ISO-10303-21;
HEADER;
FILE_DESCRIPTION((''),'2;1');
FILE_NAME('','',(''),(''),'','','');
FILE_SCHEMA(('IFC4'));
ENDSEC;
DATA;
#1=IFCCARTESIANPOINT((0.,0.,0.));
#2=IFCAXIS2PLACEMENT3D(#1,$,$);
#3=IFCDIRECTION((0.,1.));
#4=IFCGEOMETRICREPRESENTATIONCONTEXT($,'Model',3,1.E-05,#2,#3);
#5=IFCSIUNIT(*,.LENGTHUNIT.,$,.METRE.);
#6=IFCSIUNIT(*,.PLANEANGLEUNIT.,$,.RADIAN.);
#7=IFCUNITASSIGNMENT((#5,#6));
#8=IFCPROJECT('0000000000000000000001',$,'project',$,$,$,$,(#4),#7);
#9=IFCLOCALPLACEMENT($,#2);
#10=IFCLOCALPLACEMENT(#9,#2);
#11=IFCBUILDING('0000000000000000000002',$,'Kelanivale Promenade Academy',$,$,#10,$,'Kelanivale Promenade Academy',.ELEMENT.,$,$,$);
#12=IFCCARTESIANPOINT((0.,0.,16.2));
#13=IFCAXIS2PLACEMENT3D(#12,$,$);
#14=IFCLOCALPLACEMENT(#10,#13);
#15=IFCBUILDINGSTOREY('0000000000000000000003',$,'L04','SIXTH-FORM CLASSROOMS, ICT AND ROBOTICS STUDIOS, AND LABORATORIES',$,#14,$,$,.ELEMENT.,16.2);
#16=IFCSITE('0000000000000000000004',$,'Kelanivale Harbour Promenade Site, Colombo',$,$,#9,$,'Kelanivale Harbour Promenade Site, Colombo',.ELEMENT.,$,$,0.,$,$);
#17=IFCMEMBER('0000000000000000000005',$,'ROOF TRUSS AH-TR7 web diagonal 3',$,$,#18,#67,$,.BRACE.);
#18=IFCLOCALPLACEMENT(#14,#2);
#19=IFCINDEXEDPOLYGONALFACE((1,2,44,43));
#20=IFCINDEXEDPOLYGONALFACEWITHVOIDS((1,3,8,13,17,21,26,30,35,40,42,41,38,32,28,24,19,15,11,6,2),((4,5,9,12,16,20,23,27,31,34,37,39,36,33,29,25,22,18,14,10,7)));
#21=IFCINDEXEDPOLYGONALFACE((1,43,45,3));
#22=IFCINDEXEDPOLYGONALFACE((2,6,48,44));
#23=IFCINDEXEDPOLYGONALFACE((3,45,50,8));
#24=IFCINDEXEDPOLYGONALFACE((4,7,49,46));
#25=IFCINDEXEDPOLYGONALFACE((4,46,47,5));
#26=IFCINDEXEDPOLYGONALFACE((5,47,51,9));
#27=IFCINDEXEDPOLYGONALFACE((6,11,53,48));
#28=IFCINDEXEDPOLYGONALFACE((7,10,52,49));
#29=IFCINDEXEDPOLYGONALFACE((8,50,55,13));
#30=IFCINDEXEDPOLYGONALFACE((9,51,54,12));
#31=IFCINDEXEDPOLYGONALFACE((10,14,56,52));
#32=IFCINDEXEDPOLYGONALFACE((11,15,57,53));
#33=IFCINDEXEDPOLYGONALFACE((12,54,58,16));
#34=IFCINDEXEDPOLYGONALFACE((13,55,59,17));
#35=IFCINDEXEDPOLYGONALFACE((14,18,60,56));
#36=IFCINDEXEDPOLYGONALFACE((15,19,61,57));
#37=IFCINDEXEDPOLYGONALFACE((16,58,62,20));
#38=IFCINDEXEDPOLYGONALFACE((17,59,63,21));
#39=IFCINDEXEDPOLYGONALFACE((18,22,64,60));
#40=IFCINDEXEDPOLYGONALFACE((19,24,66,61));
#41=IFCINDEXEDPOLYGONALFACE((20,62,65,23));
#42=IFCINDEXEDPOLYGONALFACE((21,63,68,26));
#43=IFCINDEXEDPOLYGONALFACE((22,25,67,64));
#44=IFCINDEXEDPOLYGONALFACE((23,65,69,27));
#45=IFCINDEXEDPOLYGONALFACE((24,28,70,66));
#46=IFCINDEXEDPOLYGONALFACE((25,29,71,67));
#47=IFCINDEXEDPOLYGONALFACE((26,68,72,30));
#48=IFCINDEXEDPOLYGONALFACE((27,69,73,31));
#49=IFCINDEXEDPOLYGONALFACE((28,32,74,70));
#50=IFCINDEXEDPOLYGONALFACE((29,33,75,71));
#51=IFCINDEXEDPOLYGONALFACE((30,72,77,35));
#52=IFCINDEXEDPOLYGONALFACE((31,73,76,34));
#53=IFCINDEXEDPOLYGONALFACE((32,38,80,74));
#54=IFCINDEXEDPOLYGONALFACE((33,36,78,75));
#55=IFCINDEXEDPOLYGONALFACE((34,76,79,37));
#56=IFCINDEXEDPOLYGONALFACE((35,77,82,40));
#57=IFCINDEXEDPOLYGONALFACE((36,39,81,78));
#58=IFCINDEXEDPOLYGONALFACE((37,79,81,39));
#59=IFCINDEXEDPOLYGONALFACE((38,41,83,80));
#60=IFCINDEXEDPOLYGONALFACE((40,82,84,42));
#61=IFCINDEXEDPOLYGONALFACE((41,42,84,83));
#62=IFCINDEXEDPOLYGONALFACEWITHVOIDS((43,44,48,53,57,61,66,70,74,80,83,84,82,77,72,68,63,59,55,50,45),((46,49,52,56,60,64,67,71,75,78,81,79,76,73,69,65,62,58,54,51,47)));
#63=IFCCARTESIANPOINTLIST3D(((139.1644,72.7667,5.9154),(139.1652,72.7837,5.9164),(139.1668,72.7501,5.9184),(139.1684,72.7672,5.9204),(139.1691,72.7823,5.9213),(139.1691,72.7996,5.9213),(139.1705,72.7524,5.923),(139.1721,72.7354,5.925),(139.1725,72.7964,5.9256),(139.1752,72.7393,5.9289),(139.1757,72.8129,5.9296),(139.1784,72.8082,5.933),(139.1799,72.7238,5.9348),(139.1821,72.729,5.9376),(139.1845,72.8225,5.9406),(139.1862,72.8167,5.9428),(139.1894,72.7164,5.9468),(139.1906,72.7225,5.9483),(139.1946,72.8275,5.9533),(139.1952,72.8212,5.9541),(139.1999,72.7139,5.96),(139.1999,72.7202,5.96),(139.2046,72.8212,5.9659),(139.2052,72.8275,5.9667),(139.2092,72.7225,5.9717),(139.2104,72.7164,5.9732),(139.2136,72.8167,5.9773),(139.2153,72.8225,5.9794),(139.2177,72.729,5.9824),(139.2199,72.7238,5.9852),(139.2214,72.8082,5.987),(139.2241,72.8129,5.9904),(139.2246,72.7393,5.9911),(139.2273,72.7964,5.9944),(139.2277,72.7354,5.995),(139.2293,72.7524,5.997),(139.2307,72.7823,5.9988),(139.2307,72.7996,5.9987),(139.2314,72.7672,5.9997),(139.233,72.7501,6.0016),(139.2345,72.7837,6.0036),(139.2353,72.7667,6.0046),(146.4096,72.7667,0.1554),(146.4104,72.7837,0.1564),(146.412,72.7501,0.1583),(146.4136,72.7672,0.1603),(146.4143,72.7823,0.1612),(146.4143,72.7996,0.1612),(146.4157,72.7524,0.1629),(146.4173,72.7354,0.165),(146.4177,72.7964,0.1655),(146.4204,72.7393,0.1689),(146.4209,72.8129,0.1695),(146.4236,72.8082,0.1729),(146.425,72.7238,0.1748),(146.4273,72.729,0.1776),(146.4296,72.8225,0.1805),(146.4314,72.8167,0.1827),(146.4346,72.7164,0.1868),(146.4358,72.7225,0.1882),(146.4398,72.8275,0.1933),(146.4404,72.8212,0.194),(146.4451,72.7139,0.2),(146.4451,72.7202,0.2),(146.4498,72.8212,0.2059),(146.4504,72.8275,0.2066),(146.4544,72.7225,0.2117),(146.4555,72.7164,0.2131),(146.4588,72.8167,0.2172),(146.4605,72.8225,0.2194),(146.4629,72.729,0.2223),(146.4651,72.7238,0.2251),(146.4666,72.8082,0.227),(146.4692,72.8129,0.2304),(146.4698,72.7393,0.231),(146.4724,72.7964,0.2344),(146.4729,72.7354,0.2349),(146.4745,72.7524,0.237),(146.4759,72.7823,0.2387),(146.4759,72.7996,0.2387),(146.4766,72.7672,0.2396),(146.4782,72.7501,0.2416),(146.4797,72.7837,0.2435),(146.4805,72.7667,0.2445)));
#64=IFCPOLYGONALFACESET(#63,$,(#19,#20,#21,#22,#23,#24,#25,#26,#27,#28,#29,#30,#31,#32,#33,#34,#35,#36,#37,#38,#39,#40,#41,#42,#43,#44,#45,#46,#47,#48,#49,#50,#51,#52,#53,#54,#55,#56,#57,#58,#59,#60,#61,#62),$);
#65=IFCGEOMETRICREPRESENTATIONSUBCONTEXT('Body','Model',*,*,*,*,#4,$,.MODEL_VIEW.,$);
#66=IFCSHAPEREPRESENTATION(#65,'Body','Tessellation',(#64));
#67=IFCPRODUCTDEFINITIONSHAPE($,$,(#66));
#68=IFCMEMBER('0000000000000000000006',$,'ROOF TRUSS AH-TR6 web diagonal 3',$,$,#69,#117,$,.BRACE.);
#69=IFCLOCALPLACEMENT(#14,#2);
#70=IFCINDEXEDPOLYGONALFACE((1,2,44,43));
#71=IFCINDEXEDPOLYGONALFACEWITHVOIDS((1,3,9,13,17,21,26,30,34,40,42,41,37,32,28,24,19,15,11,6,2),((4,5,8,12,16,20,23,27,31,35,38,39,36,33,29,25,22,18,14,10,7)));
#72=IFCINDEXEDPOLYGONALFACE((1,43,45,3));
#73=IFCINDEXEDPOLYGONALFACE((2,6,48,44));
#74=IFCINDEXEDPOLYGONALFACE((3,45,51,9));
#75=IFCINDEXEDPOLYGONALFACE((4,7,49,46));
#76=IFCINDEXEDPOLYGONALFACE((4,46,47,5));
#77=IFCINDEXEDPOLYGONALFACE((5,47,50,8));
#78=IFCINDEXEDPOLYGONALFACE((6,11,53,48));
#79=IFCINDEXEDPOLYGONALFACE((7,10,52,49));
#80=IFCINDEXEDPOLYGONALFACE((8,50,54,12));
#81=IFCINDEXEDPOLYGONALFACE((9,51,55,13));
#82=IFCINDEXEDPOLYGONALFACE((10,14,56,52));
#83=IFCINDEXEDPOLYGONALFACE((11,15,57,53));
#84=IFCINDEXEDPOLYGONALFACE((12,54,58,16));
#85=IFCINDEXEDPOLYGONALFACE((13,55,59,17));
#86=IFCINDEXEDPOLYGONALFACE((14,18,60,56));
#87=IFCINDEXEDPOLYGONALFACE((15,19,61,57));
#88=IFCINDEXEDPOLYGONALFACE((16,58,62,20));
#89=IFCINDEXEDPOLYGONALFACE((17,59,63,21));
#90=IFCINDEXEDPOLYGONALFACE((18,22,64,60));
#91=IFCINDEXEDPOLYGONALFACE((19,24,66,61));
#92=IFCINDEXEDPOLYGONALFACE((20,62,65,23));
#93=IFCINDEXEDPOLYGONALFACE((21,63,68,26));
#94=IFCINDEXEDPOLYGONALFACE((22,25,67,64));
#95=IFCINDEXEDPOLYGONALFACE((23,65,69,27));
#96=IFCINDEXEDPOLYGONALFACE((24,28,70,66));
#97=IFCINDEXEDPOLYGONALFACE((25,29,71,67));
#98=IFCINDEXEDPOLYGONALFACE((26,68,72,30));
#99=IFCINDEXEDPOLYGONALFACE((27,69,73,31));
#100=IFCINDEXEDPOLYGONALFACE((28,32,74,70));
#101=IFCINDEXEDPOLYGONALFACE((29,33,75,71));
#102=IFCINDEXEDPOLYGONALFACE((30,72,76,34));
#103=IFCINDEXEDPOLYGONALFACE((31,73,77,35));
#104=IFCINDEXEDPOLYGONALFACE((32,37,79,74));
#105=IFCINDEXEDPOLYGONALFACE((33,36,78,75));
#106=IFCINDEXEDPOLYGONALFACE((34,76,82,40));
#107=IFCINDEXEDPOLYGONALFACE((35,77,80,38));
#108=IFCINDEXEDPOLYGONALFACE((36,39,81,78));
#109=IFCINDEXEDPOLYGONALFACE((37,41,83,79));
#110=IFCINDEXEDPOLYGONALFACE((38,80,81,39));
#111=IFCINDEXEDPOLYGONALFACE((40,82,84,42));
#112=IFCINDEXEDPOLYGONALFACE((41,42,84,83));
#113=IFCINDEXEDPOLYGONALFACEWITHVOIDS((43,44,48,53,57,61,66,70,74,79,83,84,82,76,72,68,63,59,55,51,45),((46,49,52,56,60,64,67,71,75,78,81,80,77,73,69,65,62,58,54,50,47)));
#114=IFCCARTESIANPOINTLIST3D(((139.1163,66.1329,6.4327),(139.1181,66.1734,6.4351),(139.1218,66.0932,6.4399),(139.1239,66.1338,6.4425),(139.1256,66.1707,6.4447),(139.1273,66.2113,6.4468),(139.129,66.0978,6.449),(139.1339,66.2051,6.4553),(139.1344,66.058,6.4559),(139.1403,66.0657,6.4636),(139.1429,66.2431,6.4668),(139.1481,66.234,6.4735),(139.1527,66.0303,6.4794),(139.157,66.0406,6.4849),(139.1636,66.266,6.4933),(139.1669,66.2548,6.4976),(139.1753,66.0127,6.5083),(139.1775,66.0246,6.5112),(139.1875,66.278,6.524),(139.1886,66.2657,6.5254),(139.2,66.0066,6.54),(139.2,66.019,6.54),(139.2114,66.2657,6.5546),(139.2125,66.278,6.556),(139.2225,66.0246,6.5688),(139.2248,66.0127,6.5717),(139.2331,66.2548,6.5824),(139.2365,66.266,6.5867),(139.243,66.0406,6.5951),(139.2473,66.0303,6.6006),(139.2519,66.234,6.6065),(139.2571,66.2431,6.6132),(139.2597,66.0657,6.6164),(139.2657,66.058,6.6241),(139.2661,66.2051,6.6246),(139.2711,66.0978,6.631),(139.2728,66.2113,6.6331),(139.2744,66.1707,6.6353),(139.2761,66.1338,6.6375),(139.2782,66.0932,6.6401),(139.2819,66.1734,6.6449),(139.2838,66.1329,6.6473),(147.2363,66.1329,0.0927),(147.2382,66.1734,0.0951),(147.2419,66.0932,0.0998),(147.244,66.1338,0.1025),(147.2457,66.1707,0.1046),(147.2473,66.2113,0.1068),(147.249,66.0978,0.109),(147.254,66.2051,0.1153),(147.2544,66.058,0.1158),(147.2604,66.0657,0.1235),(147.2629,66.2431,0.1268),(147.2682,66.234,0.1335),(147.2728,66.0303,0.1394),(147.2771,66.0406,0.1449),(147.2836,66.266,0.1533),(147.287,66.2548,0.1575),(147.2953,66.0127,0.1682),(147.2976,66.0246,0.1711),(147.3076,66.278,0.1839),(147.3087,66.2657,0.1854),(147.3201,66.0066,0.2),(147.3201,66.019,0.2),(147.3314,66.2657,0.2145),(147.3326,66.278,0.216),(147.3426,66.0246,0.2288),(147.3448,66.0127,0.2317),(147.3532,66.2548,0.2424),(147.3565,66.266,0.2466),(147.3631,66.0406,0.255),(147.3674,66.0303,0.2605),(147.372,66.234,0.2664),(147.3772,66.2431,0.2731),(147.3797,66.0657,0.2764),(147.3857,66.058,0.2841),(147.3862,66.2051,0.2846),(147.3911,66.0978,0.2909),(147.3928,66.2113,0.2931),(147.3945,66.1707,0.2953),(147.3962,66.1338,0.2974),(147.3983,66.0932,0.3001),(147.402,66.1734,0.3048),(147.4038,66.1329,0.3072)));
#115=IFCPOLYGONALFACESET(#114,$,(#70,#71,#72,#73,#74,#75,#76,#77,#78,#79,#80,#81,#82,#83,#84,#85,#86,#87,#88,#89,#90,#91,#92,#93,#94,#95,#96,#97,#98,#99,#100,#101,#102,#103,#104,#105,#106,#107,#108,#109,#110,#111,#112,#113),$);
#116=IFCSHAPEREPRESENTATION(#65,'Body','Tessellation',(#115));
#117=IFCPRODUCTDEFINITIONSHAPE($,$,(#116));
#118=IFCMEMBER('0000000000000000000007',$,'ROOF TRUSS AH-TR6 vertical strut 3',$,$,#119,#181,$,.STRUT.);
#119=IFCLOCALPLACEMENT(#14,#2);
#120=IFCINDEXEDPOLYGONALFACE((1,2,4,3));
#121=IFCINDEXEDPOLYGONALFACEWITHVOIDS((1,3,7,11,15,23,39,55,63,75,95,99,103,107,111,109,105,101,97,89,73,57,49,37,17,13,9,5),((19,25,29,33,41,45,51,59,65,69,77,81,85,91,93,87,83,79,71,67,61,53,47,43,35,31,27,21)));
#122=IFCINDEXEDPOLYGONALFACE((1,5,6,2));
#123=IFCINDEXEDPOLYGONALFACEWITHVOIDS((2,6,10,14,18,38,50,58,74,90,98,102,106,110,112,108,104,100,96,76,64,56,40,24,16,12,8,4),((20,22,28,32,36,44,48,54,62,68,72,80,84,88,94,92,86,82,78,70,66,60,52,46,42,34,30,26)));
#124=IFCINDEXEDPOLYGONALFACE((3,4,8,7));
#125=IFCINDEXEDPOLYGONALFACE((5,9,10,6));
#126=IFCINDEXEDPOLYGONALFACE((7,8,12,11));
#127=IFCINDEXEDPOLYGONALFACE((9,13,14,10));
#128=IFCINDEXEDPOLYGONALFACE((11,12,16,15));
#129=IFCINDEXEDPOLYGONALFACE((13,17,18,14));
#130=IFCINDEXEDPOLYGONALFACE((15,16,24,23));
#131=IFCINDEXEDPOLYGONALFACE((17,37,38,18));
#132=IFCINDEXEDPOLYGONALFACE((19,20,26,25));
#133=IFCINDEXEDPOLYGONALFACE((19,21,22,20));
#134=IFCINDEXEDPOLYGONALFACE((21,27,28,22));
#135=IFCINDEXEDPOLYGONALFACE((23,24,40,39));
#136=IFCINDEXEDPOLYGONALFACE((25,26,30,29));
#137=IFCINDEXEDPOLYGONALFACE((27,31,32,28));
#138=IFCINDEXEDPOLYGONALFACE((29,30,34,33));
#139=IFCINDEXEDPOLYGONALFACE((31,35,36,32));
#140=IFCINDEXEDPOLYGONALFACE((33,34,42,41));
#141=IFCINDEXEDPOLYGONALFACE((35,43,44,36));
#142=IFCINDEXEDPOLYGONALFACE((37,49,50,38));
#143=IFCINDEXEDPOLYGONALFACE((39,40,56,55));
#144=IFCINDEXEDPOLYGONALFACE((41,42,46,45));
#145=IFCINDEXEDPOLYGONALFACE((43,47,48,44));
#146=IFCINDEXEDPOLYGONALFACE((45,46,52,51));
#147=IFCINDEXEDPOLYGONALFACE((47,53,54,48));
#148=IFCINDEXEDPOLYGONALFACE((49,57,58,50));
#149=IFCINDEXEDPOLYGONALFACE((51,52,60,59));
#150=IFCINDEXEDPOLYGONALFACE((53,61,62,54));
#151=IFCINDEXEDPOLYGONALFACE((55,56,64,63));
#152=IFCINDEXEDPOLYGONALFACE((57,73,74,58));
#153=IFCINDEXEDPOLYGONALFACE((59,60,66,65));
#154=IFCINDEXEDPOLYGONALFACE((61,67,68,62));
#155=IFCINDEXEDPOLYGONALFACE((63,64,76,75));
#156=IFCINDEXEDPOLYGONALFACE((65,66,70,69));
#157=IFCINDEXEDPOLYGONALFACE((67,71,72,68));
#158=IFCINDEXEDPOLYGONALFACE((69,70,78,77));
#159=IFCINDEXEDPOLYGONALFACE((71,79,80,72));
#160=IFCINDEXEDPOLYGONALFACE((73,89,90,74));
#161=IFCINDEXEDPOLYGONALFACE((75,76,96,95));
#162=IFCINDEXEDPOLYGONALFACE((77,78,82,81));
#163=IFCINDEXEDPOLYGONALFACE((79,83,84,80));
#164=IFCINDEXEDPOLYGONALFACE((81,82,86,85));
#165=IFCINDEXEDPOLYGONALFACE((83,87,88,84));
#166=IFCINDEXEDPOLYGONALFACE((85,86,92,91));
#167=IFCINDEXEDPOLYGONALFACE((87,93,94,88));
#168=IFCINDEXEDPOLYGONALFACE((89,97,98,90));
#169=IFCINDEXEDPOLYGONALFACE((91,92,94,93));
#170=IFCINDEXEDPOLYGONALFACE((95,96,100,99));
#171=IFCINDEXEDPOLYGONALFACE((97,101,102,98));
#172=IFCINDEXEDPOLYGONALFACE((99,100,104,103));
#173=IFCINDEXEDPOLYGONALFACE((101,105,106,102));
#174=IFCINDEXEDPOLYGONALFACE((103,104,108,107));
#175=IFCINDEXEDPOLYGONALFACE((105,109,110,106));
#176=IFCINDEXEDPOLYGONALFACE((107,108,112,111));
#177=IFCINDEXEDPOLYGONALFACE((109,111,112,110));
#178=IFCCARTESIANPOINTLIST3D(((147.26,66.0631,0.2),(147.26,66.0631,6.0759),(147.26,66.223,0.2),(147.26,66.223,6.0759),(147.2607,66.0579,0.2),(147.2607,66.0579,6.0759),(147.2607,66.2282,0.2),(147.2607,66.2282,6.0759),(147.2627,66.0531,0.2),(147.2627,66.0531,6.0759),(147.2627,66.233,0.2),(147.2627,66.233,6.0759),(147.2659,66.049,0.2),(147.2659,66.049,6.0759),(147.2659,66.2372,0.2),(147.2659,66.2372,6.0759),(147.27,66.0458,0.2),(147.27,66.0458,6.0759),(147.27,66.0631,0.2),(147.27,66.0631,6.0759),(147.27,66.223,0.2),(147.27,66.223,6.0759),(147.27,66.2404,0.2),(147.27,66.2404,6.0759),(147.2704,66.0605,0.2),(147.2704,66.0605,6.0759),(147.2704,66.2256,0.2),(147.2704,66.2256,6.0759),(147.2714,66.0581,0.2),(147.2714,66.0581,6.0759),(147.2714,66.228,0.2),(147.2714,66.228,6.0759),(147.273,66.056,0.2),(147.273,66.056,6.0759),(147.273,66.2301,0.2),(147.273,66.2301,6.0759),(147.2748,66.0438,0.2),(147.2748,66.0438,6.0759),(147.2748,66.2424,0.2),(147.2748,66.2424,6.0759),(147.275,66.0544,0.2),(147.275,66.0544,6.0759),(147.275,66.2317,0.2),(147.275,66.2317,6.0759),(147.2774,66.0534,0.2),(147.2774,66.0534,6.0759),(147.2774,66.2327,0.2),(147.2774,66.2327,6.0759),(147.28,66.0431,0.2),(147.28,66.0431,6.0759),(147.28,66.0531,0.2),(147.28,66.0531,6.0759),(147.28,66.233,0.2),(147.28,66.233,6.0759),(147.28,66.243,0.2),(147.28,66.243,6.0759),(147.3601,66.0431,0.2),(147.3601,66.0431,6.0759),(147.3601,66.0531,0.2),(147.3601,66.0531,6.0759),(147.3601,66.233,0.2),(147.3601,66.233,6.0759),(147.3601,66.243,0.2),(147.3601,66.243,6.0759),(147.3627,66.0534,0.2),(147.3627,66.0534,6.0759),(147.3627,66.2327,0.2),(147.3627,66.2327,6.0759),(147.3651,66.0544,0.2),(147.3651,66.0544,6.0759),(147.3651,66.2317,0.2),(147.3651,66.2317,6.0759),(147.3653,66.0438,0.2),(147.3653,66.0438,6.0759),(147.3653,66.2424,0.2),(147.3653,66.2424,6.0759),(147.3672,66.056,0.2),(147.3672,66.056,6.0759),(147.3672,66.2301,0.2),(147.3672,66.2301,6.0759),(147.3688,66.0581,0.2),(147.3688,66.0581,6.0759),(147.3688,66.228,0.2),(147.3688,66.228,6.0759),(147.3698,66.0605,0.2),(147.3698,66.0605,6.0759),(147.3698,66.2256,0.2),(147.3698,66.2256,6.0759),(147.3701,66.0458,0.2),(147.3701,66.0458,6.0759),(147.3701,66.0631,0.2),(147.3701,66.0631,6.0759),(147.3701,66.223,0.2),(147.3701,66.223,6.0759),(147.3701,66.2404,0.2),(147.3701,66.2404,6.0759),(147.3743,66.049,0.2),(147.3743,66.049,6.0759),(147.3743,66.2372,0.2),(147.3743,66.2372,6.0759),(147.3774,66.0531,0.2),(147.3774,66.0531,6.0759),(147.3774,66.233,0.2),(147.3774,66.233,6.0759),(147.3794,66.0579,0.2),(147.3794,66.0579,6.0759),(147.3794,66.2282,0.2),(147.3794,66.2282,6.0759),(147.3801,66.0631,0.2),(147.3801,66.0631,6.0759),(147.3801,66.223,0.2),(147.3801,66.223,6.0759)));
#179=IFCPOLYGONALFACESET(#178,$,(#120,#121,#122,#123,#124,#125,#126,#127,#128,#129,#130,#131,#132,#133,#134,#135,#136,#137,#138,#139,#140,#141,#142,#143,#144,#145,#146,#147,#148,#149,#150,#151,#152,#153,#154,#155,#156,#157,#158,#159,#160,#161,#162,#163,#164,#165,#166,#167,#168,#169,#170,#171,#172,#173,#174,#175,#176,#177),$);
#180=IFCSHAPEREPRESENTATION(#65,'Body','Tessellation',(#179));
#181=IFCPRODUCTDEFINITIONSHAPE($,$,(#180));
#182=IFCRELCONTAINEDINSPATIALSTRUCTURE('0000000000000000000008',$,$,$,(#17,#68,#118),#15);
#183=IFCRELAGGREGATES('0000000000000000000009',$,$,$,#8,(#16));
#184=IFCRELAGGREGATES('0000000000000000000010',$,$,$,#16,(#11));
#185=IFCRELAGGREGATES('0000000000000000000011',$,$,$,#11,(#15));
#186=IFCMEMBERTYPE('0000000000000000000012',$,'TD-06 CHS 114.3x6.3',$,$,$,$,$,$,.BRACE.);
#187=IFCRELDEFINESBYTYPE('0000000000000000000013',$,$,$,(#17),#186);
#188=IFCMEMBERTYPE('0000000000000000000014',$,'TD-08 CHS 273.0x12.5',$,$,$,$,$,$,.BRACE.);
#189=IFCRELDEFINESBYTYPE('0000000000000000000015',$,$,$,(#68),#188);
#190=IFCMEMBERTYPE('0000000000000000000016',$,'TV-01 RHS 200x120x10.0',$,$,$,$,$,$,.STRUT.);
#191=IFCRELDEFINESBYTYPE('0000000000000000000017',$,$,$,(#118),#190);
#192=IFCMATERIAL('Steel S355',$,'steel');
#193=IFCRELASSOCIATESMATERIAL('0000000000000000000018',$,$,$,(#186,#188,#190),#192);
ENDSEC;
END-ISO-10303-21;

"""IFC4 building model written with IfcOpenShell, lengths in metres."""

from ifc_helpers import new_model, si_unit, direction, frame, origin, origin_2d, place, context, subcontext, project, spatial, hollow_rectangle, hollow_circle, extrude, material, material_profile, profile_set, type_object, element, save


model = new_model("IFC4")

# Units and contexts
model_context = context("Model", 3, precision=1e-05, world=origin(), true_north=direction((0.0, 1.0)))
body_context = subcontext(model_context, "Body", "Model", "MODEL_VIEW")
ifc_project = project(units=[si_unit("LENGTHUNIT", "METRE"), si_unit("PLANEANGLEUNIT", "RADIAN")], contexts=[model_context])

# Site, building, storey
site_placement = place(None, origin())
site = spatial("IfcSite", under=ifc_project, at=site_placement, Name="Kelanivale Harbour Promenade Site, Colombo", LongName="Kelanivale Harbour Promenade Site, Colombo", CompositionType="ELEMENT", RefElevation=0.0)
building_placement = place(site_placement, origin())
building = spatial("IfcBuilding", under=site, at=building_placement, Name="Kelanivale Promenade Academy", LongName="Kelanivale Promenade Academy", CompositionType="ELEMENT")
storey_placement = place(building_placement, frame((0.0, 0.0, 16.2)))
storey = spatial("IfcBuildingStorey", under=building, at=storey_placement, Name="L04", Description="SIXTH-FORM CLASSROOMS, ICT AND ROBOTICS STUDIOS, AND LABORATORIES", CompositionType="ELEMENT", Elevation=16.2)

# Members
ifc_material = material(Name="Steel S355", Category="steel")
ifc_material_profile_1 = material_profile(ifc_material, hollow_circle(Radius=0.0571, WallThickness=0.0063, at=origin_2d()), Name="CHS 114.3x6.3")
ifc_profile_set_1 = profile_set([ifc_material_profile_1], Name="Steel S355")
member_type_1 = type_object("IfcMemberType", Name="TD-06 CHS 114.3x6.3", PredefinedType="BRACE", material=ifc_profile_set_1)
member_1_placement = place(storey_placement, frame((146.4451, 72.771, 0.2), z_axis=(-0.782767, 0.0, 0.622315), x_axis=(0.0, -1.0, 0.0)))
element("IfcMember", 1, at=member_1_placement, inside=storey, type_object=member_type_1, Name="ROOF TRUSS AH-TR7 web diagonal 3", PredefinedType="BRACE", context=body_context, shape_type="SweptSolid", body=[
    extrude(hollow_circle(Radius=0.0571, WallThickness=0.0063, at=origin_2d()), origin(), (0.0, 0.0, 1.0), 9.2559),
])
ifc_material_profile_2 = material_profile(ifc_material, hollow_circle(Radius=0.1365, WallThickness=0.0125, at=origin_2d()), Name="CHS 273.0x12.5")
ifc_profile_set_2 = profile_set([ifc_material_profile_2], Name="Steel S355")
member_type_2 = type_object("IfcMemberType", Name="TD-08 CHS 273.0x12.5", PredefinedType="BRACE", material=ifc_profile_set_2)
member_2_placement = place(storey_placement, frame((147.3201, 66.1431, 0.2), z_axis=(-0.788201, 0.0, 0.615418), x_axis=(0.0, -1.0, 0.0)))
element("IfcMember", 2, at=member_2_placement, inside=storey, type_object=member_type_2, Name="ROOF TRUSS AH-TR6 web diagonal 3", PredefinedType="BRACE", context=body_context, shape_type="SweptSolid", body=[
    extrude(hollow_circle(Radius=0.1365, WallThickness=0.0125, at=origin_2d()), origin(), (0.0, 0.0, 1.0), 10.302),
])
ifc_material_profile_3 = material_profile(ifc_material, hollow_rectangle(XDim=0.1201, YDim=0.2, WallThickness=0.01, InnerFilletRadius=0.01, OuterFilletRadius=0.02, at=origin_2d()), Name="RHS 200x120x10.0")
ifc_profile_set_3 = profile_set([ifc_material_profile_3], Name="Steel S355")
member_type_3 = type_object("IfcMemberType", Name="TV-01 RHS 200x120x10.0", PredefinedType="STRUT", material=ifc_profile_set_3)
member_3_placement = place(storey_placement, frame((147.3201, 66.1431, 0.2), z_axis=(0.0, 0.0, 1.0), x_axis=(1.0, 0.0, 0.0)))
element("IfcMember", 3, at=member_3_placement, inside=storey, type_object=member_type_3, Name="ROOF TRUSS AH-TR6 vertical strut 3", PredefinedType="STRUT", context=body_context, shape_type="SweptSolid", body=[
    extrude(hollow_rectangle(XDim=0.1201, YDim=0.2, WallThickness=0.01, InnerFilletRadius=0.01, OuterFilletRadius=0.02, at=origin_2d()), origin(), (0.0, 0.0, 1.0), 5.876),
])

save(model, "model.ifc")
